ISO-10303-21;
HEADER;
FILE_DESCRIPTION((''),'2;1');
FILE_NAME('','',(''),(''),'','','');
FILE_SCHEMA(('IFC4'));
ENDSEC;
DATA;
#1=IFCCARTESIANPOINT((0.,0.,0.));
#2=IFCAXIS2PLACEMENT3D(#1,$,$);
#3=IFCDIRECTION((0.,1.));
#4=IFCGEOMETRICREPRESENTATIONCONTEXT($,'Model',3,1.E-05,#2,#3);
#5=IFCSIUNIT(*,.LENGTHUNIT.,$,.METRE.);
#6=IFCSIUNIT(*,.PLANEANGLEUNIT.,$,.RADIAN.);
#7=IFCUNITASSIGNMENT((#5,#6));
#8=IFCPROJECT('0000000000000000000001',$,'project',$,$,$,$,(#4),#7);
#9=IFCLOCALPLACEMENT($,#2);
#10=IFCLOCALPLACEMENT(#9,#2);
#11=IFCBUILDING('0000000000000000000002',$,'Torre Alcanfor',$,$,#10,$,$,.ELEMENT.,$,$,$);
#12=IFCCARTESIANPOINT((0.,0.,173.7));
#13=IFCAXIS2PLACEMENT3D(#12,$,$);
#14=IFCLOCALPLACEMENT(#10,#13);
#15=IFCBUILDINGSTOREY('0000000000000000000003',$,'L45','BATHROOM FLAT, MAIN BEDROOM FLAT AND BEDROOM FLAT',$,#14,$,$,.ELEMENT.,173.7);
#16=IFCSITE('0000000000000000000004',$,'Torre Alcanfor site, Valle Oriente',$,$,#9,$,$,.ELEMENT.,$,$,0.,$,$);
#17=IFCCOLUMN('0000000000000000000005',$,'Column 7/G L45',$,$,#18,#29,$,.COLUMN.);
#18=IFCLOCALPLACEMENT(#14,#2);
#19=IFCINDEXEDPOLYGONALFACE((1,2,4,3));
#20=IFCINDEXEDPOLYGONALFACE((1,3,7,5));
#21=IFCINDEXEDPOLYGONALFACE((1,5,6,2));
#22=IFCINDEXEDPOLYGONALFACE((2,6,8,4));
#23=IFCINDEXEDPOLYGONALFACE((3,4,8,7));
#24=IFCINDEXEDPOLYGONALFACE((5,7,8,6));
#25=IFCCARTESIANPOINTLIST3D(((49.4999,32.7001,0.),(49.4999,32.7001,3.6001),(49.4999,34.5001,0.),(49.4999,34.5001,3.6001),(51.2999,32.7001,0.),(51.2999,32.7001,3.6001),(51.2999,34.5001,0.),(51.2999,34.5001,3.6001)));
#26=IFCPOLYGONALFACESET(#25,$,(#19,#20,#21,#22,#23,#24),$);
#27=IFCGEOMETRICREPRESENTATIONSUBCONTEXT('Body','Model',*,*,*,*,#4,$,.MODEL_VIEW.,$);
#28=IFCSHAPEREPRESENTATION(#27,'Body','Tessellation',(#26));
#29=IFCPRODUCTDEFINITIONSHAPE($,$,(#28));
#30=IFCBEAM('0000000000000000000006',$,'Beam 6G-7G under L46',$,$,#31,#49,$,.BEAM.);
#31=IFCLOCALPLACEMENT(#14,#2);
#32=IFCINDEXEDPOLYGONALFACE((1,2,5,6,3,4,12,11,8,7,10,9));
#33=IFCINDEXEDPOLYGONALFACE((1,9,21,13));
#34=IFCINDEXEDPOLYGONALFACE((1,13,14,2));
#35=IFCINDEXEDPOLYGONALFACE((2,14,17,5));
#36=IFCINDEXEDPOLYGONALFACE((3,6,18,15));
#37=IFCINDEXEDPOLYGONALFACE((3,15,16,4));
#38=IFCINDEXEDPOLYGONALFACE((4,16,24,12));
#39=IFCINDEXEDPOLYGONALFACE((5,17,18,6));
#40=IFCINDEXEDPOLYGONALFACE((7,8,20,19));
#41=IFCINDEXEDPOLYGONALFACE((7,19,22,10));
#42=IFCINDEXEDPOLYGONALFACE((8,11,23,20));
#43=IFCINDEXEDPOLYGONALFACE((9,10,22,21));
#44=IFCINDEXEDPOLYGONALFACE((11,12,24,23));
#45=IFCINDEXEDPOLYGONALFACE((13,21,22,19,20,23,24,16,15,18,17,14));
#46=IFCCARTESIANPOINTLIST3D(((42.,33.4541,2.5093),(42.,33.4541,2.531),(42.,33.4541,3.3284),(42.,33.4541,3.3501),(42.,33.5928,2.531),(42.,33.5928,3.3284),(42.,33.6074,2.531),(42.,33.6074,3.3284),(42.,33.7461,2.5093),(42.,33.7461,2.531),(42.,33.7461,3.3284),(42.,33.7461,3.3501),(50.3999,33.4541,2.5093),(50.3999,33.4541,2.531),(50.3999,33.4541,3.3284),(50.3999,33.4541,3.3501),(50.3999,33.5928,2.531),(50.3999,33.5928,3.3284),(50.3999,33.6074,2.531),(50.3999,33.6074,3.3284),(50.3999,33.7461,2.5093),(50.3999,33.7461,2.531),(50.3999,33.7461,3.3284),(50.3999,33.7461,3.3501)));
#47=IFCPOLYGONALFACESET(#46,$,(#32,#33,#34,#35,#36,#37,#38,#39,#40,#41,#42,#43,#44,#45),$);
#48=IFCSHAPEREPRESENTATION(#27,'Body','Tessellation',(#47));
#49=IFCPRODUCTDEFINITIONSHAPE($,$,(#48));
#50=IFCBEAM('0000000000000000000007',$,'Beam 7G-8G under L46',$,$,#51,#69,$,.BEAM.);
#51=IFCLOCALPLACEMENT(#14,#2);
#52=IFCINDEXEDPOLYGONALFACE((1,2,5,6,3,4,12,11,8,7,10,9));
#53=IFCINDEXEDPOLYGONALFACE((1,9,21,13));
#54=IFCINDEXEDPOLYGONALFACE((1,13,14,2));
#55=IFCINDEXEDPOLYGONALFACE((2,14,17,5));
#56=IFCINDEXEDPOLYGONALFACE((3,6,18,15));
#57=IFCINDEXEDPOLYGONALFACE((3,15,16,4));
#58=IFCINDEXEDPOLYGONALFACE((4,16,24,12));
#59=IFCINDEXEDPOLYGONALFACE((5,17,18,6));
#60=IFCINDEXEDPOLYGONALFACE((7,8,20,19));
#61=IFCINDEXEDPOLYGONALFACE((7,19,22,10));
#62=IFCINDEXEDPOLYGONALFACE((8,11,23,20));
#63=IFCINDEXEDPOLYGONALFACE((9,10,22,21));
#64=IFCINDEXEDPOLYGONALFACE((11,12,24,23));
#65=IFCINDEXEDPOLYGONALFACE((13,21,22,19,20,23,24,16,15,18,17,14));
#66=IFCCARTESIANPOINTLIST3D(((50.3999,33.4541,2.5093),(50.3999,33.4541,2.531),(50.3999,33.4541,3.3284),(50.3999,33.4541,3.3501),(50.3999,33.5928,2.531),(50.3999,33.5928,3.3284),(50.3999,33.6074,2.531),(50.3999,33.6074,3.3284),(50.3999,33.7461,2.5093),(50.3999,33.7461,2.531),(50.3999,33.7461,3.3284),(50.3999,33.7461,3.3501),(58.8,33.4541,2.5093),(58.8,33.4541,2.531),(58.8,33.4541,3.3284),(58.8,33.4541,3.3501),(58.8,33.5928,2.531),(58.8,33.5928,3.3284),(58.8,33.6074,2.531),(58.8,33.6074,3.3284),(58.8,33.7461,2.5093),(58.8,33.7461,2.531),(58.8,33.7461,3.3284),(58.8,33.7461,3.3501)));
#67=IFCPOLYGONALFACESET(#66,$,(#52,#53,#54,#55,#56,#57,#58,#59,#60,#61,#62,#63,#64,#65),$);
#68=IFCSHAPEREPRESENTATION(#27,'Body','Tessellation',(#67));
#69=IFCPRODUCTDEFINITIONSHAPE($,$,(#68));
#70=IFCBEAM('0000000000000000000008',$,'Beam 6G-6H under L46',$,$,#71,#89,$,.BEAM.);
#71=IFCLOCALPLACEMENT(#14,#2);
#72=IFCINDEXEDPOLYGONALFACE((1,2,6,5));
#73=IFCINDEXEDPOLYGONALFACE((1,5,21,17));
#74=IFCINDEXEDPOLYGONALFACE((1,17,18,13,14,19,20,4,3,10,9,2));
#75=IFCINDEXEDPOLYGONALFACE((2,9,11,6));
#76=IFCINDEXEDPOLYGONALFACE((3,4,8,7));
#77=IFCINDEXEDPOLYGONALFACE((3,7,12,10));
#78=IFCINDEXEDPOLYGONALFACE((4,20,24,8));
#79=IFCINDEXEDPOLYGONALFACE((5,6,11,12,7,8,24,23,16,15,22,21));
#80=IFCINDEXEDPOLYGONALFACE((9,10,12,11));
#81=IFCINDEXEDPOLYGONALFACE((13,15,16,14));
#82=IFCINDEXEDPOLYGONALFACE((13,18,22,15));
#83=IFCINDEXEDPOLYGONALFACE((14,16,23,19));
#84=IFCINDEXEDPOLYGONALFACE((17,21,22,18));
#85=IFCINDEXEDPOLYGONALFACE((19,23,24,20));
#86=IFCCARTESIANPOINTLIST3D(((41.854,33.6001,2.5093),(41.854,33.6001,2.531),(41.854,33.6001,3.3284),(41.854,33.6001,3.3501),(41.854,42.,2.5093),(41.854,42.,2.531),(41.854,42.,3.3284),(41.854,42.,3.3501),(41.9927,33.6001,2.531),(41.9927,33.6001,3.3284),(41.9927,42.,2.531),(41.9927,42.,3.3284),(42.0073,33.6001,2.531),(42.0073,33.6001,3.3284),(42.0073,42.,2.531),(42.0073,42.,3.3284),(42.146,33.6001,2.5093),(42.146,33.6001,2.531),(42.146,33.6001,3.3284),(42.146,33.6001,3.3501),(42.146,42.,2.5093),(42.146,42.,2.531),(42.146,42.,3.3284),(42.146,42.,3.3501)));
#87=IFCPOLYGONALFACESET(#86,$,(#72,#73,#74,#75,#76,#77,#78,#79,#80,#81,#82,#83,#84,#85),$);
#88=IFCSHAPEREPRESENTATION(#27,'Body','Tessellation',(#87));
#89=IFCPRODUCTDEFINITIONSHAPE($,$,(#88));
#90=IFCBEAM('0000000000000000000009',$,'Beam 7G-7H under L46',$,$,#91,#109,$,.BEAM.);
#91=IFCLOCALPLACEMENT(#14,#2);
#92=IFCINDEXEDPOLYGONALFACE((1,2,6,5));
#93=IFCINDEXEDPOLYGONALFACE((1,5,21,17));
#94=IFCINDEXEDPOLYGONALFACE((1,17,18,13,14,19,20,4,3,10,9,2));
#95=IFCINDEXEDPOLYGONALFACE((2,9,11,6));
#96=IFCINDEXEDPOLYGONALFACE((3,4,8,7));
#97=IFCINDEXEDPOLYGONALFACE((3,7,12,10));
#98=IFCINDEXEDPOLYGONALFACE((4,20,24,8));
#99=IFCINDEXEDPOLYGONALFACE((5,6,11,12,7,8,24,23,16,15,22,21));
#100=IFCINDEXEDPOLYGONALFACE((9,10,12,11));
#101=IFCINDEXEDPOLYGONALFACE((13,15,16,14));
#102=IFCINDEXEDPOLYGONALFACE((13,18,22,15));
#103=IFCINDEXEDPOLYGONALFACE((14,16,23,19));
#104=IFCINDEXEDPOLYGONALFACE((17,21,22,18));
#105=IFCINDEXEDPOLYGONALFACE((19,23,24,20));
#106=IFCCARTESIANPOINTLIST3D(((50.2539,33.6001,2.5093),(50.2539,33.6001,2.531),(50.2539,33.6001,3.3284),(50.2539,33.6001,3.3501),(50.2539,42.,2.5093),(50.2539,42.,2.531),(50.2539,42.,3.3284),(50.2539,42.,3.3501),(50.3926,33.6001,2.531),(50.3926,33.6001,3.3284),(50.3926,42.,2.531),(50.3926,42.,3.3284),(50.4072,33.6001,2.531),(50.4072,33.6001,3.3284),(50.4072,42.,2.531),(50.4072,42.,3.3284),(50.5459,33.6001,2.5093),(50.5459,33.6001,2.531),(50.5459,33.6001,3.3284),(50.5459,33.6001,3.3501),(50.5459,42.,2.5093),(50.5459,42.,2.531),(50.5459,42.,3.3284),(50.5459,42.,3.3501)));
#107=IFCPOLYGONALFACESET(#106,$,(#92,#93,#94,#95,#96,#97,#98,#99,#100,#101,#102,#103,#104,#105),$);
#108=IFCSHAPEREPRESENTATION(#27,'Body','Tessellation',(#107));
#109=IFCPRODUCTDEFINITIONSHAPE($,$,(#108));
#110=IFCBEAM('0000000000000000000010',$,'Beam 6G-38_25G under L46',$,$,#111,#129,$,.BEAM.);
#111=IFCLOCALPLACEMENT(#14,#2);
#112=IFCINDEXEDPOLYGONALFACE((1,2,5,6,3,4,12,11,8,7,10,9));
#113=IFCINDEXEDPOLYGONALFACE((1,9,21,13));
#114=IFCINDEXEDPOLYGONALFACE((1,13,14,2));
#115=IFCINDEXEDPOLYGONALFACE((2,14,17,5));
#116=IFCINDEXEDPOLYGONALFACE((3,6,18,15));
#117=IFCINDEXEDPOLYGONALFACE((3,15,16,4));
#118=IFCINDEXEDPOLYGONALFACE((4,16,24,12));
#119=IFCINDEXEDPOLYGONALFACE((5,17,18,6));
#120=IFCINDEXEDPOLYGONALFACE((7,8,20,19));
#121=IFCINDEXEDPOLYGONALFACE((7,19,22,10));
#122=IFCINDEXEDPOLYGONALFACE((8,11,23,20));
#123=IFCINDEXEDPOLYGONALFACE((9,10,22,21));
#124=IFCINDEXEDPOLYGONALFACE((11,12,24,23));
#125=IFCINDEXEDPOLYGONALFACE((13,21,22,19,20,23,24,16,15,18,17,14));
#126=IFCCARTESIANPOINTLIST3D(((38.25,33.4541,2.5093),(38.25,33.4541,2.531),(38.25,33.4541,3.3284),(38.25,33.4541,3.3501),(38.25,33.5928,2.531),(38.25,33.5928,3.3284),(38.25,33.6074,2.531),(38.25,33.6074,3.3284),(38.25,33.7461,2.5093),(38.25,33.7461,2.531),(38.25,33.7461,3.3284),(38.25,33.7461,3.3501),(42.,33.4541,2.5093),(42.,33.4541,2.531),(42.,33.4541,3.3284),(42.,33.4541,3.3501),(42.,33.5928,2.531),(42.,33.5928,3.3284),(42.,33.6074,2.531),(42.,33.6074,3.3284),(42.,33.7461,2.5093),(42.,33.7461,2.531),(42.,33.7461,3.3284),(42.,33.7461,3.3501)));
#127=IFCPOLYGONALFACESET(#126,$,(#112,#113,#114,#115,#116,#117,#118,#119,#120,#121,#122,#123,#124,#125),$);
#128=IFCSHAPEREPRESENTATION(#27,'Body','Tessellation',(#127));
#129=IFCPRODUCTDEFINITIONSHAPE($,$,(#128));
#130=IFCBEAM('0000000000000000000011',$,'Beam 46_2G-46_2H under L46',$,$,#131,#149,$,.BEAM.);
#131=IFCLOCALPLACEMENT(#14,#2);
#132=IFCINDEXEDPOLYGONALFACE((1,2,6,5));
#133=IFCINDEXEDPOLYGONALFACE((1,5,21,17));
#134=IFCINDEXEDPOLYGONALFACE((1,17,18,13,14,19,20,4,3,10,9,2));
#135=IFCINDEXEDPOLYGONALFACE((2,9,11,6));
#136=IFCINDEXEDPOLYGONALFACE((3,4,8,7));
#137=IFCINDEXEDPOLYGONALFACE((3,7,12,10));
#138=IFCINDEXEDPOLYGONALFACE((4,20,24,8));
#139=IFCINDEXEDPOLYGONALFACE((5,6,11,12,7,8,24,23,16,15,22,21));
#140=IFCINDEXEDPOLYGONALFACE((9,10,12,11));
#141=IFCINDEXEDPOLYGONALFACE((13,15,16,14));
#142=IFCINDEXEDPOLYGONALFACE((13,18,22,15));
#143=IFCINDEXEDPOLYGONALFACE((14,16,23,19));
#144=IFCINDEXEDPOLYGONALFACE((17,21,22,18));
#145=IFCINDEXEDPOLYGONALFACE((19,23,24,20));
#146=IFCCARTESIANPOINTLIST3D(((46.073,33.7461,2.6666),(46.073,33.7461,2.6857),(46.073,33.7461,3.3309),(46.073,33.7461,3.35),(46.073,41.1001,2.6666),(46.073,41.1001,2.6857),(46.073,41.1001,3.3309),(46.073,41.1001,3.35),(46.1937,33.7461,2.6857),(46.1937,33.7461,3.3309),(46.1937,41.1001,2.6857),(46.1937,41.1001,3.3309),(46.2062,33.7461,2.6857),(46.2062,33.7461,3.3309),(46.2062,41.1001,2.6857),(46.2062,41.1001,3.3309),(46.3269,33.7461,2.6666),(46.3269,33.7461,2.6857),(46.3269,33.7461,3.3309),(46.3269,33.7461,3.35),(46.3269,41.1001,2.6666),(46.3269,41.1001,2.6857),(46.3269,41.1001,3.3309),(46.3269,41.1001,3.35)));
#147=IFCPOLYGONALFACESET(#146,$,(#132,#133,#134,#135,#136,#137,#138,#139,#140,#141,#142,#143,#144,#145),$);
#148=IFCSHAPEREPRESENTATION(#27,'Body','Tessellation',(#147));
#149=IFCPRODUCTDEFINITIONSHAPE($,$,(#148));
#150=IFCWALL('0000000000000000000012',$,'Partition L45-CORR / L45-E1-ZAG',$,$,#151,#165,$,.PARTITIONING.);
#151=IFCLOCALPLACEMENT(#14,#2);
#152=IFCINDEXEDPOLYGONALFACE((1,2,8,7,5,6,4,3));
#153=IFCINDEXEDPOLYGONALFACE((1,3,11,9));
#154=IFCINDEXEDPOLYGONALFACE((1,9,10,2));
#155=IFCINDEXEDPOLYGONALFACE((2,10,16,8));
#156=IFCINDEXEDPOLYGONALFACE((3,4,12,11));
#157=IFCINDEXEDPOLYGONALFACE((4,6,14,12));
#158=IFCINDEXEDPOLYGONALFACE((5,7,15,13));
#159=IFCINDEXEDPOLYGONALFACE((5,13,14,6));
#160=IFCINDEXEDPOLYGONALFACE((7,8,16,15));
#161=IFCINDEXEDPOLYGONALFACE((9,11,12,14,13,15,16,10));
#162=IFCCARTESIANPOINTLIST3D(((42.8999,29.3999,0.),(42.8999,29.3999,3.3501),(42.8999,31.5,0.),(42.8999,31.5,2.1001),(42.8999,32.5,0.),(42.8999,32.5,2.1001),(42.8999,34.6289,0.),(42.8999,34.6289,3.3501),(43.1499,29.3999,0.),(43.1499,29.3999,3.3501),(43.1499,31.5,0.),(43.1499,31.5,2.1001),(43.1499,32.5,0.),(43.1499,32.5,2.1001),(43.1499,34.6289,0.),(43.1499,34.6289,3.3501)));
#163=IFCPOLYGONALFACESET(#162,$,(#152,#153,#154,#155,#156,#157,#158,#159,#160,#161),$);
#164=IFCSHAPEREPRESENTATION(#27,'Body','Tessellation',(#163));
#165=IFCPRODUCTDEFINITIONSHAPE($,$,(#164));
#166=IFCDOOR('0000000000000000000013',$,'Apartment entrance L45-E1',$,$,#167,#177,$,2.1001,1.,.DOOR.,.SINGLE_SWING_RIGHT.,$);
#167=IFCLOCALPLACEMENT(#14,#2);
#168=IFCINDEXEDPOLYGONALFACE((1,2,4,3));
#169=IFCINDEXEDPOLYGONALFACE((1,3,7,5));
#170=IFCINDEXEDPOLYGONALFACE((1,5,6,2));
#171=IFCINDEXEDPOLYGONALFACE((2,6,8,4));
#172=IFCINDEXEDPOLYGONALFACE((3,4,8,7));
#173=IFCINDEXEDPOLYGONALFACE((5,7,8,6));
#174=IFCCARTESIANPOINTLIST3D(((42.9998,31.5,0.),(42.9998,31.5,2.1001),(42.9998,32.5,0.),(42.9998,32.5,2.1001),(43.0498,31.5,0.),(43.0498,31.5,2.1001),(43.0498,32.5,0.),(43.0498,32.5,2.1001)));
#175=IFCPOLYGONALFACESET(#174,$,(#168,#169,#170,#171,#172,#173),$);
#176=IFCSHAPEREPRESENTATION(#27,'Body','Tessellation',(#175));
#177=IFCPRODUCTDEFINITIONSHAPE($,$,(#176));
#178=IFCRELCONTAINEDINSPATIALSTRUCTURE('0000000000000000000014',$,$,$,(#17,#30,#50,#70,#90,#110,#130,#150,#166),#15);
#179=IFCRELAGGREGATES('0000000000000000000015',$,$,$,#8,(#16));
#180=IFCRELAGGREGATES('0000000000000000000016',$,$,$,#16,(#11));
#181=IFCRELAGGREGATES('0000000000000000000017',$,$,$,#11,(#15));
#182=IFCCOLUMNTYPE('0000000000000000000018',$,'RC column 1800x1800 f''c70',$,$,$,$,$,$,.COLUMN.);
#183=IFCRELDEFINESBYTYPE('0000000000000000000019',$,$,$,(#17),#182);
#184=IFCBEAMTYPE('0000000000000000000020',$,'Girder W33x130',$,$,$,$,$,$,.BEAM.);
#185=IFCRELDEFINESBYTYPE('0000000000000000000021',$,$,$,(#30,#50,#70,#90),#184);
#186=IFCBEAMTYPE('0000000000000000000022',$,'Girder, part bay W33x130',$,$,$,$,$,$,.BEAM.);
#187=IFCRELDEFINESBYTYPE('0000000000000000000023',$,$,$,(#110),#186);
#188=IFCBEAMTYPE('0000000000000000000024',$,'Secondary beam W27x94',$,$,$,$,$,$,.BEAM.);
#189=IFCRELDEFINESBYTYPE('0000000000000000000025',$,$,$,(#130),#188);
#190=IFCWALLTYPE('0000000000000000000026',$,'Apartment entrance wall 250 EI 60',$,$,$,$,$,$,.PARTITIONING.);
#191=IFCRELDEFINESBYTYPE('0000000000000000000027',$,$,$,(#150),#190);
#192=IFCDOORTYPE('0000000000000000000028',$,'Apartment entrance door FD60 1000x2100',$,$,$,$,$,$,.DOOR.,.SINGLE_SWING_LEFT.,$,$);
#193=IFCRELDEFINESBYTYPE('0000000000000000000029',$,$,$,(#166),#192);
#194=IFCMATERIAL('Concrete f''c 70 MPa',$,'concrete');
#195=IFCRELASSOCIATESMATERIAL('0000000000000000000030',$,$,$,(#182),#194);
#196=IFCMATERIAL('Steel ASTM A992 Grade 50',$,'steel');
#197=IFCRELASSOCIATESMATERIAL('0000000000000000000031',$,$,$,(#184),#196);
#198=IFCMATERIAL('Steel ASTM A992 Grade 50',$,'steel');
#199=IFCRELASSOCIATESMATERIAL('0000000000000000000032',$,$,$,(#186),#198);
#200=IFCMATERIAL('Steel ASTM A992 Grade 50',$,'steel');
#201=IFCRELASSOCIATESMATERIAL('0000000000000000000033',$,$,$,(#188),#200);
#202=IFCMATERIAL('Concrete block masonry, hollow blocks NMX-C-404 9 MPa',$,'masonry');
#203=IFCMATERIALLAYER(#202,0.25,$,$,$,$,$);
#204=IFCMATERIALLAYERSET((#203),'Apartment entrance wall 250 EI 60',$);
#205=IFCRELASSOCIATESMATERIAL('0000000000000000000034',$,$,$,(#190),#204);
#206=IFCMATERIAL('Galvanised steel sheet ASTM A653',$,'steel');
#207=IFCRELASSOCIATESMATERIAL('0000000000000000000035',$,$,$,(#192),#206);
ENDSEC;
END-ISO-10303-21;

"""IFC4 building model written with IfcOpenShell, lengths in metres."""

from ifc_helpers import new_model, si_unit, direction, frame, frame_2d, origin, origin_2d, place, context, subcontext, project, spatial, rectangle, i_section, extrude, material, layer, layer_set, material_profile, profile_set, type_object, element, fill, save


model = new_model("IFC4")

# Units and contexts
model_context = context("Model", 3, precision=1e-05, world=origin(), true_north=direction((0.0, 1.0)))
body_context = subcontext(model_context, "Body", "Model", "MODEL_VIEW")
ifc_project = project(units=[si_unit("LENGTHUNIT", "METRE"), si_unit("PLANEANGLEUNIT", "RADIAN")], contexts=[model_context])

# Site, building, storey
site_placement = place(None, origin())
site = spatial("IfcSite", under=ifc_project, at=site_placement, Name="Torre Alcanfor site, Valle Oriente", CompositionType="ELEMENT", RefElevation=0.0)
building_placement = place(site_placement, origin())
building = spatial("IfcBuilding", under=site, at=building_placement, Name="Torre Alcanfor", CompositionType="ELEMENT")
storey_placement = place(building_placement, frame((0.0, 0.0, 173.7)))
storey = spatial("IfcBuildingStorey", under=building, at=storey_placement, Name="L45", Description="BATHROOM FLAT, MAIN BEDROOM FLAT AND BEDROOM FLAT", CompositionType="ELEMENT", Elevation=173.7)

# Column
ifc_material_1 = material(Name="Concrete f'c 70 MPa", Category="concrete")
ifc_material_profile_1 = material_profile(ifc_material_1, rectangle(XDim=1.8, YDim=1.8, at=origin_2d()), Name="1800x1800")
ifc_profile_set_1 = profile_set([ifc_material_profile_1], Name="Concrete f'c 70 MPa")
column_type = type_object("IfcColumnType", Name="RC column 1800x1800 f'c70", PredefinedType="COLUMN", material=ifc_profile_set_1)
column_placement = place(storey_placement, frame((50.3999, 33.6001, 0.0), z_axis=(0.0, 0.0, 1.0), x_axis=(1.0, 0.0, 0.0)))
element("IfcColumn", 1, at=column_placement, inside=storey, type_object=column_type, Name="Column 7/G L45", PredefinedType="COLUMN", context=body_context, shape_type="SweptSolid", body=[
    extrude(rectangle(XDim=1.8, YDim=1.8, at=origin_2d()), origin(), (0.0, 0.0, 1.0), 3.6001),
])

# Beams
ifc_material_2 = material(Name="Steel ASTM A992 Grade 50", Category="steel")
ifc_material_profile_2 = material_profile(ifc_material_2, i_section(OverallWidth=0.292, OverallDepth=0.8408, WebThickness=0.0146, FlangeThickness=0.0217, at=origin_2d()), Name="W33x130")
ifc_profile_set_2 = profile_set([ifc_material_profile_2], Name="Steel ASTM A992 Grade 50")
beam_type_1 = type_object("IfcBeamType", Name="Girder W33x130", PredefinedType="BEAM", material=ifc_profile_set_2)
beam_1_placement = place(storey_placement, frame((42.0, 33.6001, 2.9297), z_axis=(1.0, 0.0, 0.0), x_axis=(0.0, 1.0, 0.0)))
element("IfcBeam", 2, at=beam_1_placement, inside=storey, type_object=beam_type_1, Name="Beam 6G-7G under L46", PredefinedType="BEAM", context=body_context, shape_type="SweptSolid", body=[
    extrude(i_section(OverallWidth=0.292, OverallDepth=0.8408, WebThickness=0.0146, FlangeThickness=0.0217, at=origin_2d()), origin(), (0.0, 0.0, 1.0), 8.3999),
])
beam_2_placement = place(storey_placement, frame((50.3999, 33.6001, 2.9297), z_axis=(1.0, 0.0, 0.0), x_axis=(0.0, 1.0, 0.0)))
element("IfcBeam", 3, at=beam_2_placement, inside=storey, type_object=beam_type_1, Name="Beam 7G-8G under L46", PredefinedType="BEAM", context=body_context, shape_type="SweptSolid", body=[
    extrude(i_section(OverallWidth=0.292, OverallDepth=0.8408, WebThickness=0.0146, FlangeThickness=0.0217, at=origin_2d()), origin(), (0.0, 0.0, 1.0), 8.4001),
])
for number, where, z_axis, x_axis, name in (
    (4, (42.0, 33.6001, 2.9297), (0.0, 1.0, 0.0), (-1.0, 0.0, 0.0), "Beam 6G-6H under L46"),
    (5, (50.3999, 33.6001, 2.9297), (0.0, 1.0, 0.0), (-1.0, 0.0, 0.0), "Beam 7G-7H under L46"),
):
    element("IfcBeam", number, at=place(storey_placement, frame(where, z_axis=z_axis, x_axis=x_axis)), inside=storey, type_object=beam_type_1, Name=name, PredefinedType="BEAM", context=body_context, shape_type="SweptSolid", body=[
        extrude(i_section(OverallWidth=0.292, OverallDepth=0.8408, WebThickness=0.0146, FlangeThickness=0.0217, at=origin_2d()), origin(), (0.0, 0.0, 1.0), 8.3999),
    ])
ifc_material_3 = material(Name="Steel ASTM A992 Grade 50", Category="steel")
ifc_material_profile_3 = material_profile(ifc_material_3, i_section(OverallWidth=0.292, OverallDepth=0.8408, WebThickness=0.0146, FlangeThickness=0.0217, at=origin_2d()), Name="W33x130")
ifc_profile_set_3 = profile_set([ifc_material_profile_3], Name="Steel ASTM A992 Grade 50")
beam_type_2 = type_object("IfcBeamType", Name="Girder, part bay W33x130", PredefinedType="BEAM", material=ifc_profile_set_3)
beam_3_placement = place(storey_placement, frame((42.0, 33.6001, 2.9297), z_axis=(-1.0, 0.0, 0.0), x_axis=(0.0, -1.0, 0.0)))
element("IfcBeam", 6, at=beam_3_placement, inside=storey, type_object=beam_type_2, Name="Beam 6G-38_25G under L46", PredefinedType="BEAM", context=body_context, shape_type="SweptSolid", body=[
    extrude(i_section(OverallWidth=0.292, OverallDepth=0.8408, WebThickness=0.0146, FlangeThickness=0.0217, at=origin_2d()), origin(), (0.0, 0.0, 1.0), 3.75),
])
ifc_material_4 = material(Name="Steel ASTM A992 Grade 50", Category="steel")
ifc_material_profile_4 = material_profile(ifc_material_4, i_section(OverallWidth=0.2539, OverallDepth=0.6833, WebThickness=0.0125, FlangeThickness=0.019, at=origin_2d()), Name="W27x94")
ifc_profile_set_4 = profile_set([ifc_material_profile_4], Name="Steel ASTM A992 Grade 50")
beam_type_3 = type_object("IfcBeamType", Name="Secondary beam W27x94", PredefinedType="BEAM", material=ifc_profile_set_4)
beam_4_placement = place(storey_placement, frame((46.2, 33.7461, 3.0083), z_axis=(0.0, 1.0, 0.0), x_axis=(-1.0, 0.0, 0.0)))
element("IfcBeam", 7, at=beam_4_placement, inside=storey, type_object=beam_type_3, Name="Beam 46_2G-46_2H under L46", PredefinedType="BEAM", context=body_context, shape_type="SweptSolid", body=[
    extrude(i_section(OverallWidth=0.2539, OverallDepth=0.6833, WebThickness=0.0125, FlangeThickness=0.019, at=origin_2d()), origin(), (0.0, 0.0, 1.0), 7.354),
])

# Wall, opening, door
ifc_material_5 = material(Name="Concrete block masonry, hollow blocks NMX-C-404 9 MPa", Category="masonry")
ifc_layer_1 = layer(ifc_material_5, 0.25)
ifc_layer_set_1 = layer_set([ifc_layer_1], Name="Apartment entrance wall 250 EI 60")
wall_type_1 = type_object("IfcWallType", Name="Apartment entrance wall 250 EI 60", PredefinedType="PARTITIONING", material=ifc_layer_set_1)
wall_1_placement = place(storey_placement, frame((43.0249, 34.6289, 0.0), z_axis=(0.0, 0.0, 1.0), x_axis=(0.0, -1.0, 0.0)))
wall_1 = element("IfcWall", 8, at=wall_1_placement, inside=storey, type_object=wall_type_1, Name="Partition L45-CORR / L45-E1-ZAG", PredefinedType="PARTITIONING", context=body_context, shape_type="SweptSolid", body=[
    extrude(rectangle(XDim=5.229, YDim=0.25, at=frame_2d((2.6145, 0.0))), origin(), (0.0, 0.0, 1.0), 3.3501),
])
opening_1_placement = place(wall_1_placement, frame((2.1289, 0.0, 0.0)))
opening_1 = element("IfcOpeningElement", 9, at=opening_1_placement, cuts=wall_1, PredefinedType="OPENING", context=body_context, shape_type="SweptSolid", body=[
    extrude(rectangle(XDim=1.0, YDim=2.1001, at=frame_2d((0.5, 1.05))), frame((0.0, 0.135, 0.0), z_axis=(0.0, -1.0, 0.0), x_axis=(1.0, 0.0, 0.0)), (0.0, 0.0, 1.0), 0.27),
])
ifc_material_6 = material(Name="Galvanised steel sheet ASTM A653", Category="steel")
door_type_1 = type_object("IfcDoorType", Name="Apartment entrance door FD60 1000x2100", OperationType="SINGLE_SWING_LEFT", PredefinedType="DOOR", material=ifc_material_6)
door_1_placement = place(opening_1_placement, origin())
door_1 = element("IfcDoor", 10, at=door_1_placement, inside=storey, type_object=door_type_1, Name="Apartment entrance L45-E1", OperationType="SINGLE_SWING_RIGHT", OverallHeight=2.1001, OverallWidth=1.0, PredefinedType="DOOR", context=body_context, shape_type="SweptSolid", body=[
    extrude(rectangle(XDim=1.0, YDim=2.1001, at=frame_2d((0.5, 1.05))), frame((0.0, 0.0249, 0.0), z_axis=(0.0, -1.0, 0.0), x_axis=(1.0, 0.0, 0.0)), (0.0, 0.0, 1.0), 0.05),
])
fill(opening_1, door_1)

save(model, "model.ifc")
